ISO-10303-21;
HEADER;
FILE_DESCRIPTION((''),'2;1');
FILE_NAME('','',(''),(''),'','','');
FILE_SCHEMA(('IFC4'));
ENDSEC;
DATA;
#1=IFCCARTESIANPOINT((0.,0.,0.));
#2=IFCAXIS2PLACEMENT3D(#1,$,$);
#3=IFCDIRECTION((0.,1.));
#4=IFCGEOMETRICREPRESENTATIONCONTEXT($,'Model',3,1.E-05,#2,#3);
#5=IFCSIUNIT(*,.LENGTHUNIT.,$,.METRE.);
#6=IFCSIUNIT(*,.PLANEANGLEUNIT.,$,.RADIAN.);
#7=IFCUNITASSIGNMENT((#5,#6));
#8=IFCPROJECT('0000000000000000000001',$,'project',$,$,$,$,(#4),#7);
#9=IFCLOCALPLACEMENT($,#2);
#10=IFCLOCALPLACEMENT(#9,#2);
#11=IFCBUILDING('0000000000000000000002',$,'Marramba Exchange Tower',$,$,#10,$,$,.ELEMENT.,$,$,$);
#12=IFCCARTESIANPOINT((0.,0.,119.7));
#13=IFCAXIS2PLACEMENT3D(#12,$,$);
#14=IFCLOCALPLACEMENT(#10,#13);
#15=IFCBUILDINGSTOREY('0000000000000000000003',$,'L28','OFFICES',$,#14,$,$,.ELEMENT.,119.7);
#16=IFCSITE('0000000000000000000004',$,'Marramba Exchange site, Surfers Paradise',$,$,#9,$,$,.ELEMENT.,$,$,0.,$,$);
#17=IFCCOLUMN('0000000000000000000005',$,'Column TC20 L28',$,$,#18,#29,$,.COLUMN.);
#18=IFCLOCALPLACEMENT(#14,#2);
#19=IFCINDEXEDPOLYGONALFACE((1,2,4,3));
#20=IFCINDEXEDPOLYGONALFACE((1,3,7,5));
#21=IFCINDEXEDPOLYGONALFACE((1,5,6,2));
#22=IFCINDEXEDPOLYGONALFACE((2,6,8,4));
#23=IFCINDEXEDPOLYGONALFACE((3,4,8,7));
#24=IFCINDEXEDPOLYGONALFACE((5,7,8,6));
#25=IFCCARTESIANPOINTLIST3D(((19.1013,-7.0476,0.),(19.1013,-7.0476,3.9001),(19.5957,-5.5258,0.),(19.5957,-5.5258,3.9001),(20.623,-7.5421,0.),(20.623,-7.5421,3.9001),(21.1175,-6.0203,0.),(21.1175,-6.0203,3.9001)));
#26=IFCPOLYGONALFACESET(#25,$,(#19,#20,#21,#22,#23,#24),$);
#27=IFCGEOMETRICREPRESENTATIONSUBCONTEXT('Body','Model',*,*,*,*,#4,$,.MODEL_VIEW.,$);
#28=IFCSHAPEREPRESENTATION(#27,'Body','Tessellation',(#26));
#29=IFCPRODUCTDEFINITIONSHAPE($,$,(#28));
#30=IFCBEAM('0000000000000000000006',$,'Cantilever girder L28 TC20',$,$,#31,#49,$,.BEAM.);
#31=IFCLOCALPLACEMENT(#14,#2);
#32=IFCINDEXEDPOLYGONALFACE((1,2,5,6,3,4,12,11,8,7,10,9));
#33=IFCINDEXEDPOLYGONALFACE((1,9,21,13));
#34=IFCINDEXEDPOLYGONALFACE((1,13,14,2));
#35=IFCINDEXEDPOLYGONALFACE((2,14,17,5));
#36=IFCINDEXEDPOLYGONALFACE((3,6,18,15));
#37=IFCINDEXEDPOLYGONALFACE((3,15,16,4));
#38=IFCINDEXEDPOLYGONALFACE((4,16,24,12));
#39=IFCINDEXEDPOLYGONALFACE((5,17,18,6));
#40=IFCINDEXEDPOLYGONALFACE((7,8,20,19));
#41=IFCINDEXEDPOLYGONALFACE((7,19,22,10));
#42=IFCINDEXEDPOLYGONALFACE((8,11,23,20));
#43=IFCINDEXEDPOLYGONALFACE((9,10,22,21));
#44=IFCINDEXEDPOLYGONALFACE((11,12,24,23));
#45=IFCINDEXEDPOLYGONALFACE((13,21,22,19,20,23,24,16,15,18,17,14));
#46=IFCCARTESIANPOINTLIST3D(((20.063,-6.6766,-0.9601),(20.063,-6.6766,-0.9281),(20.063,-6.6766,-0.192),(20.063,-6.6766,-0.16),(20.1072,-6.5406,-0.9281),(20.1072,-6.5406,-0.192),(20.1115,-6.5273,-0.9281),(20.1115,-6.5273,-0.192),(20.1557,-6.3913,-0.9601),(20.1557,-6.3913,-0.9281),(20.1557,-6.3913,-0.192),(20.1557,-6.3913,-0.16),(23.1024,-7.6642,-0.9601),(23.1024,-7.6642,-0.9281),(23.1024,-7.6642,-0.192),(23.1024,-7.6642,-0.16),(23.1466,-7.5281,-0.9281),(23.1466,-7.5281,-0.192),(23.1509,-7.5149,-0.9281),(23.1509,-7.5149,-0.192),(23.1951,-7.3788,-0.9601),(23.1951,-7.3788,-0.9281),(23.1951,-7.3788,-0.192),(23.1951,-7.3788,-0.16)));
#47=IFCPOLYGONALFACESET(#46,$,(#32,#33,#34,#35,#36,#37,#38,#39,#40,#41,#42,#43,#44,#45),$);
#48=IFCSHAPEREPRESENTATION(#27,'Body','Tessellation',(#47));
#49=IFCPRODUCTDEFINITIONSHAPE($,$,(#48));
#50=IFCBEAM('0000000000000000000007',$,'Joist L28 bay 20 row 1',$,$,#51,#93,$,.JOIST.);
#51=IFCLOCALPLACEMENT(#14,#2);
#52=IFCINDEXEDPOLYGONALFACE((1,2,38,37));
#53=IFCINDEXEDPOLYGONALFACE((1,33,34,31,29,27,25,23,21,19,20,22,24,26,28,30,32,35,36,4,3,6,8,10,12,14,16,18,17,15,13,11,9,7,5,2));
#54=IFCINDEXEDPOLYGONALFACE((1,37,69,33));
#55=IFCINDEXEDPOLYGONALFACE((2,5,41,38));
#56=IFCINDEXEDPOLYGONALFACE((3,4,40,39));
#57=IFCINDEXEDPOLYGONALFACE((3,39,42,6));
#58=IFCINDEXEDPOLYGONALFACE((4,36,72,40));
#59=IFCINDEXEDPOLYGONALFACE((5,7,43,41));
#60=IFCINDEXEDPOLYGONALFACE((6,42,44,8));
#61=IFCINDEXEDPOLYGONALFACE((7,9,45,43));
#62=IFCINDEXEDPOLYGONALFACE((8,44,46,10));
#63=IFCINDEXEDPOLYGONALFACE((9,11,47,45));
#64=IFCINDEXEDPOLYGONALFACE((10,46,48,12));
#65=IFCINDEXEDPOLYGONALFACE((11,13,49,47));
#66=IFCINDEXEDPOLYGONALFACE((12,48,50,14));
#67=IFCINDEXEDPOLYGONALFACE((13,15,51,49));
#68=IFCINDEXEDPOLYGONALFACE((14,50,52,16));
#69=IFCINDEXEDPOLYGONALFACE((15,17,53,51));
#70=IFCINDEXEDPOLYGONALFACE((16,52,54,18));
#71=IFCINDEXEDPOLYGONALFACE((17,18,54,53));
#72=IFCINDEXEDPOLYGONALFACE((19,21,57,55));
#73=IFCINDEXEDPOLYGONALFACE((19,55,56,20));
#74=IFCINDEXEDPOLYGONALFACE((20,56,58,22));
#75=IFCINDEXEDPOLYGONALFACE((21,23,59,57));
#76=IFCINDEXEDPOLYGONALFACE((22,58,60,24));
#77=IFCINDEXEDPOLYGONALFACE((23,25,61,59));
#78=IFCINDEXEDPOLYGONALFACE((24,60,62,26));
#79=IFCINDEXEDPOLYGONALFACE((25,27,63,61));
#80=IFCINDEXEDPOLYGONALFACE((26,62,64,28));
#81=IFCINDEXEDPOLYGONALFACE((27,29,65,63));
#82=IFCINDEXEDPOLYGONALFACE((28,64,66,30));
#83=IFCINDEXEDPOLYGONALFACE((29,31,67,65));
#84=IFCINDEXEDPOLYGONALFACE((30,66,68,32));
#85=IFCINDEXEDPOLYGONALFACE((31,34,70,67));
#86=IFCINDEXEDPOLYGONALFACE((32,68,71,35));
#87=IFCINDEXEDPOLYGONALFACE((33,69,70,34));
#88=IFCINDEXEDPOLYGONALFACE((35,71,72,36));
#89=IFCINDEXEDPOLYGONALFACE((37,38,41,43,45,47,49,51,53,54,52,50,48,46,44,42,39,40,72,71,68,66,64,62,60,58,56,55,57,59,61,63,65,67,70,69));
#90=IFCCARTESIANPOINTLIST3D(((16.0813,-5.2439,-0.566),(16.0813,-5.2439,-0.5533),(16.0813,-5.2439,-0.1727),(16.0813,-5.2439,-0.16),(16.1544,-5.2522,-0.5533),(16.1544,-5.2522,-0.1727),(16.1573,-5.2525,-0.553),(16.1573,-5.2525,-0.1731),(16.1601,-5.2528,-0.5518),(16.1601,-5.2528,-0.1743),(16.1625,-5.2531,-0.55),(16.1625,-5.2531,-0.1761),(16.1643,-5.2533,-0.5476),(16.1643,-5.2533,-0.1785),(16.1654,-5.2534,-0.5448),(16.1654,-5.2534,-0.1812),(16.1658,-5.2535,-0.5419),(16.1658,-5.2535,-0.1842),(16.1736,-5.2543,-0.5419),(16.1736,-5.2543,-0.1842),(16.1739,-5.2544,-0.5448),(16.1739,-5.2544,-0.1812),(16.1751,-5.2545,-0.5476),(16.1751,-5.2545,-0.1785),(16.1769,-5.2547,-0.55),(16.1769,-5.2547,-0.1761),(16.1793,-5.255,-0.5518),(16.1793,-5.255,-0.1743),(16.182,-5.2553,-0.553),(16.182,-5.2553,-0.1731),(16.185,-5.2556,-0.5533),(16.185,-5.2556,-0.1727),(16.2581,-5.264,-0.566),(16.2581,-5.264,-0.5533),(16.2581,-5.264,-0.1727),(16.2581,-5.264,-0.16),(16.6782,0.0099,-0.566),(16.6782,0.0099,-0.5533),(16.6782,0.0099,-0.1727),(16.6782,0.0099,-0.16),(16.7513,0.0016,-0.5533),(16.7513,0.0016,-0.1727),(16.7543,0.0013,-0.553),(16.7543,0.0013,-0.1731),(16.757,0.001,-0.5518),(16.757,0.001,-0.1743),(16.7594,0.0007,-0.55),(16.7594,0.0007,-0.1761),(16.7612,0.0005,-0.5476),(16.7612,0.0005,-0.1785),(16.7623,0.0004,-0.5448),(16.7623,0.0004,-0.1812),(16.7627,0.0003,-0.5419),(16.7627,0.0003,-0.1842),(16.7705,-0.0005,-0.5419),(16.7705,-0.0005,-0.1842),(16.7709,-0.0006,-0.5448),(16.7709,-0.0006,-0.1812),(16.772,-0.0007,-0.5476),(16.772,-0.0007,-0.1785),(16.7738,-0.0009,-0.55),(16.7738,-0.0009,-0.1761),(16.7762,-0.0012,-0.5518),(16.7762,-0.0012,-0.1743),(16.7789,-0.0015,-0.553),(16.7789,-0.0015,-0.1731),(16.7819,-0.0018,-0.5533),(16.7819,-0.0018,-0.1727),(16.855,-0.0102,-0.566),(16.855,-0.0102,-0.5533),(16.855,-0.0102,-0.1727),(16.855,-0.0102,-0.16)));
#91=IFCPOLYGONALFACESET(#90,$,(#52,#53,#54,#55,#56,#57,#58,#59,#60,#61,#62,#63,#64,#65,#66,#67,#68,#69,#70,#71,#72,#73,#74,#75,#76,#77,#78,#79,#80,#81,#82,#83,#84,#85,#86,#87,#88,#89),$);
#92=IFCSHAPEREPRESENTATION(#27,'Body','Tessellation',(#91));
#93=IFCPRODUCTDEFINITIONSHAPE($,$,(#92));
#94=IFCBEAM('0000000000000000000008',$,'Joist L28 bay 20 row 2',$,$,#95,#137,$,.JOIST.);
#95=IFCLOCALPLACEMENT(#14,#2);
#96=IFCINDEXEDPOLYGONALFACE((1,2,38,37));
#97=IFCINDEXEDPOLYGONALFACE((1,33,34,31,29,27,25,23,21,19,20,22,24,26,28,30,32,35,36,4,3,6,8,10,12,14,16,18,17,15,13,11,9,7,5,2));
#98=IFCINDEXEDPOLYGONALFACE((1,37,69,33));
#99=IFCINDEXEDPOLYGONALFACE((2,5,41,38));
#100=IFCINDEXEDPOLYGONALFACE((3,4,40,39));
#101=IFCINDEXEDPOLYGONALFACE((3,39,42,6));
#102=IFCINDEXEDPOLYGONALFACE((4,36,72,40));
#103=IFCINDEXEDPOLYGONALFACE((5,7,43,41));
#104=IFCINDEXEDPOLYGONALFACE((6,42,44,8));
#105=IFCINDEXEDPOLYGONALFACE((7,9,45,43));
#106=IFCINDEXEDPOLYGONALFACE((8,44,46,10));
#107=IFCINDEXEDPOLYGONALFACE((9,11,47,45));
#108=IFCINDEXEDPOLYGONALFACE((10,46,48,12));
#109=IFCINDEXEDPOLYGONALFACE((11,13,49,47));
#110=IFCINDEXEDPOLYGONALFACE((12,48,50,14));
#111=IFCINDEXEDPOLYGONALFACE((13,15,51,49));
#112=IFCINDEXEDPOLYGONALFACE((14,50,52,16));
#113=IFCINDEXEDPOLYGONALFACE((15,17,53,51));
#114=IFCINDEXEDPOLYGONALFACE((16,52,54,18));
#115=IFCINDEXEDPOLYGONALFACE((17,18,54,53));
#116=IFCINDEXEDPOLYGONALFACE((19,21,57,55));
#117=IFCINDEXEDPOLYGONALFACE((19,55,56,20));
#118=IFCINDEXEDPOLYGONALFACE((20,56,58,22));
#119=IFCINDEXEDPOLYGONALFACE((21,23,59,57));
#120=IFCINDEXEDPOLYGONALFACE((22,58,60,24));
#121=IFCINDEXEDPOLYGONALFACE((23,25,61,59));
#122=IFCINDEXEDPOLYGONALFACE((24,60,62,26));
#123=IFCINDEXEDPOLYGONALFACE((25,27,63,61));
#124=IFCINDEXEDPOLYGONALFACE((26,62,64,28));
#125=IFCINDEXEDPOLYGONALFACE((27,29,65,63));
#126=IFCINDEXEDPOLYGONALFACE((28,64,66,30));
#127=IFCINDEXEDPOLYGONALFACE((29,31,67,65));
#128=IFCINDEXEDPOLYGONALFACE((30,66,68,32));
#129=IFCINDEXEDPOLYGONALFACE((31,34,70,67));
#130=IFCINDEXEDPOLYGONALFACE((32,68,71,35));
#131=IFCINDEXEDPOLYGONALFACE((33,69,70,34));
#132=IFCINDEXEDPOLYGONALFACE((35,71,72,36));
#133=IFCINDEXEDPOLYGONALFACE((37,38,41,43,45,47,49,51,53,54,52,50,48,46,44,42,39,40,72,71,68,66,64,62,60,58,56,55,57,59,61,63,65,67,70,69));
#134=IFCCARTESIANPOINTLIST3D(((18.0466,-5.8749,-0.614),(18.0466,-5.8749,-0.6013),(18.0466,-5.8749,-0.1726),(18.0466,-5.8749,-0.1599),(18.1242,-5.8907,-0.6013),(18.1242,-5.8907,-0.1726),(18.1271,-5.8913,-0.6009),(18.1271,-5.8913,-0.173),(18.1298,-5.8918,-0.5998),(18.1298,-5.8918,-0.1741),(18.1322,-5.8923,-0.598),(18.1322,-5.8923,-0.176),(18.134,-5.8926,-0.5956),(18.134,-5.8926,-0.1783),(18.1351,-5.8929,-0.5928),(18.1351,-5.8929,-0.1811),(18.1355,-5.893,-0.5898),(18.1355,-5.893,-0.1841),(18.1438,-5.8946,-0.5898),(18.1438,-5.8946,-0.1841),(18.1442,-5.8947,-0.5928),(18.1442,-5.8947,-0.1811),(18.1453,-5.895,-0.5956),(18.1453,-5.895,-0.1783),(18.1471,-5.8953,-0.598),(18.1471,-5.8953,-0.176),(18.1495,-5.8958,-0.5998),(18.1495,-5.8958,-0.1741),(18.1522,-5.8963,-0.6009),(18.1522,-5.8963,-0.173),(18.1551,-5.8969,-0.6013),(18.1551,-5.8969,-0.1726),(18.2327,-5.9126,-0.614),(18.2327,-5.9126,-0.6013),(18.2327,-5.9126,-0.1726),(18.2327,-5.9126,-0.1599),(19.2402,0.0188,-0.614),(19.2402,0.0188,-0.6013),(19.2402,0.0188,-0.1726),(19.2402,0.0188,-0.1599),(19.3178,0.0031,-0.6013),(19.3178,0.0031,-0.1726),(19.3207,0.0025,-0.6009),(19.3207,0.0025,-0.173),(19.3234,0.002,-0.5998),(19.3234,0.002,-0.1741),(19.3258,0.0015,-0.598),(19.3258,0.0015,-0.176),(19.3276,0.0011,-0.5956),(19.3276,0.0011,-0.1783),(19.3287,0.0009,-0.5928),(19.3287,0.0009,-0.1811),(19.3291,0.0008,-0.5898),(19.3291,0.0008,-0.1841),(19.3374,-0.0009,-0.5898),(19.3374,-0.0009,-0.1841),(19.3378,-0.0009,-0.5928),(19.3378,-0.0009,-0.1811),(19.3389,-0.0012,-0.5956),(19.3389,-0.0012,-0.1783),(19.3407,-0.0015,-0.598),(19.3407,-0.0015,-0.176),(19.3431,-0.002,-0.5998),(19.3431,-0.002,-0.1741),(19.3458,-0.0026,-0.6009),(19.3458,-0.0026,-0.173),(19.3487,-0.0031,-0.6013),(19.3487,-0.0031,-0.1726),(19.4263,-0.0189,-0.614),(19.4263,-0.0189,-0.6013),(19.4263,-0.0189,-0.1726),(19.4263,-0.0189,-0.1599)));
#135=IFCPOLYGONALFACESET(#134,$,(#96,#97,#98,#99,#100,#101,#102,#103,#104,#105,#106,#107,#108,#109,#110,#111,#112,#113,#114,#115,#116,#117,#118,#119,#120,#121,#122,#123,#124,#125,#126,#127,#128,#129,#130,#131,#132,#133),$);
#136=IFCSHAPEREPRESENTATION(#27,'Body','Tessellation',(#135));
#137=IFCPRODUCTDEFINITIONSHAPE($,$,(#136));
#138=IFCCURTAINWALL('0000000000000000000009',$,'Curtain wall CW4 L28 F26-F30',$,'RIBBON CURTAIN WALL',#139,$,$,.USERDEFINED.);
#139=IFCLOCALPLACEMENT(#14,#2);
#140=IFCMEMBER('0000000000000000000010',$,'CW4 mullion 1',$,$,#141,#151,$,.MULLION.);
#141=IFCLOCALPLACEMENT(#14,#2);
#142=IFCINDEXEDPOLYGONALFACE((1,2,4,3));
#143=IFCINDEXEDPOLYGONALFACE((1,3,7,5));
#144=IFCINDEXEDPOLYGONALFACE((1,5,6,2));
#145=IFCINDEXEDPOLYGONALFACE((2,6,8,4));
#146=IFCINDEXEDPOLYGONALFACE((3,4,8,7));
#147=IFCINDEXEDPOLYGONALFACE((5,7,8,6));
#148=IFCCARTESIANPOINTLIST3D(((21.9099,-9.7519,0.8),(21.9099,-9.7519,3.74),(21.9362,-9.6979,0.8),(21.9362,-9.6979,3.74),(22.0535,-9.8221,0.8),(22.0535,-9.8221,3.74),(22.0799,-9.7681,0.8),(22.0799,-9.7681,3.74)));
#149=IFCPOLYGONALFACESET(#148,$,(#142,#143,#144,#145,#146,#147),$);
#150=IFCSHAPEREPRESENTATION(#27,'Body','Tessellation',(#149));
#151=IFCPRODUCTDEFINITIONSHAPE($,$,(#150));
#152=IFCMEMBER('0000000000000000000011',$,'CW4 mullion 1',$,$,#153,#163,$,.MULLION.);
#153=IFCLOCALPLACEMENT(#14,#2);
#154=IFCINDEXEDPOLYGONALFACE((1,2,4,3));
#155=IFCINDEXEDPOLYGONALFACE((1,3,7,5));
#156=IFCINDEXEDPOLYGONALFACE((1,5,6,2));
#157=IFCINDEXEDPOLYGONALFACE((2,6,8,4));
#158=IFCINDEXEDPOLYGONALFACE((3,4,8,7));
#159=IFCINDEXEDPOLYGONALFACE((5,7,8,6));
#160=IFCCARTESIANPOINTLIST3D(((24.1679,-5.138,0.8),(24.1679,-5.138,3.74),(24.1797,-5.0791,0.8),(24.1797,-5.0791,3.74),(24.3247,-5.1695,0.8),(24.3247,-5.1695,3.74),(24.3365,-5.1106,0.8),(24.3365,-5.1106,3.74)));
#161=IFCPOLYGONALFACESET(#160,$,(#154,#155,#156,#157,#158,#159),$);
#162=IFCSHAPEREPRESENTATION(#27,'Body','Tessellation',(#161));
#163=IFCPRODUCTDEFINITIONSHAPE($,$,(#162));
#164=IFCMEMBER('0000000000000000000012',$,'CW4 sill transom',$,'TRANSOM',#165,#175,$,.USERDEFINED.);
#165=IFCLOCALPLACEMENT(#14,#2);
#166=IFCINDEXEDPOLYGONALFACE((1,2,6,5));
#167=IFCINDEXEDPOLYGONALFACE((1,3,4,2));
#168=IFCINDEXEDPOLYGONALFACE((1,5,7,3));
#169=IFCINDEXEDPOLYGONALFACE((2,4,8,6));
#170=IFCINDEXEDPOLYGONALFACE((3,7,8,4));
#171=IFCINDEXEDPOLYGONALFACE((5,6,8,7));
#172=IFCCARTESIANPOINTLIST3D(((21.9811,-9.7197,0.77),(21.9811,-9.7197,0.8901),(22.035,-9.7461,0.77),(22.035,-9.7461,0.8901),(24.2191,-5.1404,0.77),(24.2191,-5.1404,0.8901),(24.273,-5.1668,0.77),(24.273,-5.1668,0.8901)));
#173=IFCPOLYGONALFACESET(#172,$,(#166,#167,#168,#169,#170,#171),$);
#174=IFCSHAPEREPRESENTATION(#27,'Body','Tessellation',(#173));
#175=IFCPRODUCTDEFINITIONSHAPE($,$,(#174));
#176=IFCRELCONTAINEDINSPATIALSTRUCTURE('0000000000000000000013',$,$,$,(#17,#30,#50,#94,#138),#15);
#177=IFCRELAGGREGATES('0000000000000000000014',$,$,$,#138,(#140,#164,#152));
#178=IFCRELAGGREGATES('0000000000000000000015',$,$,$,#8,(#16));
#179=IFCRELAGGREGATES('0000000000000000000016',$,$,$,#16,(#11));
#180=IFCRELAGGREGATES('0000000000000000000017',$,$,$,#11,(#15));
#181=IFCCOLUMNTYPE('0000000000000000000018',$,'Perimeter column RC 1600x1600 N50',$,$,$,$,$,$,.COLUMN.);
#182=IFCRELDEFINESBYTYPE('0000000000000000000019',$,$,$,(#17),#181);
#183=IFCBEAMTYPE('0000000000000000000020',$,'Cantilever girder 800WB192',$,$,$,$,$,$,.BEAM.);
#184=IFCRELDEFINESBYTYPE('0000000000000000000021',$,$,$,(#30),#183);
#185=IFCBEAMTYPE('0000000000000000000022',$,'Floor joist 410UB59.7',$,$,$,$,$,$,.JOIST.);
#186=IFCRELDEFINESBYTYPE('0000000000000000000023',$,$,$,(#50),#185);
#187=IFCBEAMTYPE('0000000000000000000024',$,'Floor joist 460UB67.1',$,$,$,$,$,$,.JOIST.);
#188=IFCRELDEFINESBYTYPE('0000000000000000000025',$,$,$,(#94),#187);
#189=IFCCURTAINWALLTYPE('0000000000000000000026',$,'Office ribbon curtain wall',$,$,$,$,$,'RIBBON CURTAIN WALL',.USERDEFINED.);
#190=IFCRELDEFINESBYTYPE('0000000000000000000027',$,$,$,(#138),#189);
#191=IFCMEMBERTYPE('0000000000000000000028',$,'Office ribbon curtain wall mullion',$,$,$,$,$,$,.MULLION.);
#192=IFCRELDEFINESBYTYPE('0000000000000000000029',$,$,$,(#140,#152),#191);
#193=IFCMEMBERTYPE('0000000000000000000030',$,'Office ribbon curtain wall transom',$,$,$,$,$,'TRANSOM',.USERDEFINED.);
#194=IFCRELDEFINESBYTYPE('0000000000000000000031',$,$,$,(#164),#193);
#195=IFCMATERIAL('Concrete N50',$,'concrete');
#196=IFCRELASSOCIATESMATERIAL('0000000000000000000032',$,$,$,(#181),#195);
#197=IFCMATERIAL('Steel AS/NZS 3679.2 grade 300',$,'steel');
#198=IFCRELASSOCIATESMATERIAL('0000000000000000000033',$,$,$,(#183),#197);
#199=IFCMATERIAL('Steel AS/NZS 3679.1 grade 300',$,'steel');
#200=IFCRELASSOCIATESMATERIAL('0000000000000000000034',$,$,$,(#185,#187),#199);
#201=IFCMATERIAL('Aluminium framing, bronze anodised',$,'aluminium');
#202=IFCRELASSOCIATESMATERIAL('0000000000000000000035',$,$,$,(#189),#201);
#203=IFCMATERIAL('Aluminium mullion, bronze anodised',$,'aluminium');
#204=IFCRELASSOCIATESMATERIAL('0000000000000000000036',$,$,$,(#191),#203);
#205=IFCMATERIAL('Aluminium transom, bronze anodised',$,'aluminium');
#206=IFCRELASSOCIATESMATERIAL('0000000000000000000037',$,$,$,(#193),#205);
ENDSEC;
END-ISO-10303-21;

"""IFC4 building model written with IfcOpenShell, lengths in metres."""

from ifc_helpers import new_model, si_unit, direction, frame, origin, origin_2d, place, context, subcontext, project, spatial, rectangle, i_section, extrude, material, material_profile, profile_set, type_object, element, aggregate, save


model = new_model("IFC4")

# Units and contexts
model_context = context("Model", 3, precision=1e-05, world=origin(), true_north=direction((0.0, 1.0)))
body_context = subcontext(model_context, "Body", "Model", "MODEL_VIEW")
ifc_project = project(units=[si_unit("LENGTHUNIT", "METRE"), si_unit("PLANEANGLEUNIT", "RADIAN")], contexts=[model_context])

# Site, building, storey
site_placement = place(None, origin())
site = spatial("IfcSite", under=ifc_project, at=site_placement, Name="Marramba Exchange site, Surfers Paradise", CompositionType="ELEMENT", RefElevation=0.0)
building_placement = place(site_placement, origin())
building = spatial("IfcBuilding", under=site, at=building_placement, Name="Marramba Exchange Tower", CompositionType="ELEMENT")
storey_placement = place(building_placement, frame((0.0, 0.0, 119.7)))
storey = spatial("IfcBuildingStorey", under=building, at=storey_placement, Name="L28", Description="OFFICES", CompositionType="ELEMENT", Elevation=119.7)

# Column
ifc_material_1 = material(Name="Concrete N50", Category="concrete")
ifc_material_profile_1 = material_profile(ifc_material_1, rectangle(XDim=1.6001, YDim=1.6001, at=origin_2d()), Name="RC 1600x1600")
ifc_profile_set_1 = profile_set([ifc_material_profile_1], Name="Concrete N50")
column_type = type_object("IfcColumnType", Name="Perimeter column RC 1600x1600 N50", PredefinedType="COLUMN", material=ifc_profile_set_1)
column_placement = place(storey_placement, frame((20.1094, -6.5339, 0.0), z_axis=(0.0, 0.0, 1.0), x_axis=(0.951057, -0.309017, 0.0)))
element("IfcColumn", 1, at=column_placement, inside=storey, type_object=column_type, Name="Column TC20 L28", PredefinedType="COLUMN", context=body_context, shape_type="SweptSolid", body=[
    extrude(rectangle(XDim=1.6001, YDim=1.6001, at=origin_2d()), origin(), (0.0, 0.0, 1.0), 3.9001),
])

# Beams
ifc_material_2 = material(Name="Steel AS/NZS 3679.2 grade 300", Category="steel")
ifc_material_profile_2 = material_profile(ifc_material_2, i_section(OverallWidth=0.3, OverallDepth=0.8, WebThickness=0.0139, FlangeThickness=0.032, at=origin_2d()), Name="800WB192")
ifc_profile_set_2 = profile_set([ifc_material_profile_2], Name="Steel AS/NZS 3679.2 grade 300")
beam_type_1 = type_object("IfcBeamType", Name="Cantilever girder 800WB192", PredefinedType="BEAM", material=ifc_profile_set_2)
beam_1_placement = place(storey_placement, frame((20.1094, -6.5339, -0.5601), z_axis=(0.951055, -0.309022, 0.0), x_axis=(0.309022, 0.951055, 0.0)))
element("IfcBeam", 2, at=beam_1_placement, inside=storey, type_object=beam_type_1, Name="Cantilever girder L28 TC20", PredefinedType="BEAM", context=body_context, shape_type="SweptSolid", body=[
    extrude(i_section(OverallWidth=0.3, OverallDepth=0.8, WebThickness=0.0139, FlangeThickness=0.032, at=origin_2d()), origin(), (0.0, 0.0, 1.0), 3.1958),
])
ifc_material_3 = material(Name="Steel AS/NZS 3679.1 grade 300", Category="steel")
ifc_material_profile_3 = material_profile(ifc_material_3, i_section(OverallWidth=0.178, OverallDepth=0.406, WebThickness=0.0078, FlangeThickness=0.0127, FilletRadius=0.0115, at=origin_2d()), Name="410UB59.7")
ifc_profile_set_3 = profile_set([ifc_material_profile_3], Name="Steel AS/NZS 3679.1 grade 300")
beam_type_2 = type_object("IfcBeamType", Name="Floor joist 410UB59.7", PredefinedType="JOIST", material=ifc_profile_set_3)
beam_2_placement = place(storey_placement, frame((16.1697, -5.2539, -0.363), z_axis=(0.112889, 0.993608, 0.0), x_axis=(-0.993608, 0.112889, 0.0)))
element("IfcBeam", 3, at=beam_2_placement, inside=storey, type_object=beam_type_2, Name="Joist L28 bay 20 row 1", PredefinedType="JOIST", context=body_context, shape_type="SweptSolid", body=[
    extrude(i_section(OverallWidth=0.178, OverallDepth=0.406, WebThickness=0.0078, FlangeThickness=0.0127, FilletRadius=0.0115, at=origin_2d()), origin(), (0.0, 0.0, 1.0), 5.2876),
])
ifc_material_profile_4 = material_profile(ifc_material_3, i_section(OverallWidth=0.1899, OverallDepth=0.4541, WebThickness=0.0085, FlangeThickness=0.0127, FilletRadius=0.0115, at=origin_2d()), Name="460UB67.1")
ifc_profile_set_4 = profile_set([ifc_material_profile_4], Name="Steel AS/NZS 3679.1 grade 300")
beam_type_3 = type_object("IfcBeamType", Name="Floor joist 460UB67.1", PredefinedType="JOIST", material=ifc_profile_set_4)
beam_3_placement = place(storey_placement, frame((18.1396, -5.8938, -0.387), z_axis=(0.198489, 0.980103, 0.0), x_axis=(-0.980103, 0.198489, 0.0)))
element("IfcBeam", 4, at=beam_3_placement, inside=storey, type_object=beam_type_3, Name="Joist L28 bay 20 row 2", PredefinedType="JOIST", context=body_context, shape_type="SweptSolid", body=[
    extrude(i_section(OverallWidth=0.1899, OverallDepth=0.4541, WebThickness=0.0085, FlangeThickness=0.0127, FilletRadius=0.0115, at=origin_2d()), origin(), (0.0, 0.0, 1.0), 6.0134),
])

# Curtain wall, members
ifc_material_4 = material(Name="Aluminium framing, bronze anodised", Category="aluminium")
curtain_wall_type = type_object("IfcCurtainWallType", Name="Office ribbon curtain wall", ElementType="RIBBON CURTAIN WALL", PredefinedType="USERDEFINED", material=ifc_material_4)
curtain_wall_placement = place(storey_placement, origin())
curtain_wall = element("IfcCurtainWall", 5, at=curtain_wall_placement, inside=storey, type_object=curtain_wall_type, Name="Curtain wall CW4 L28 F26-F30", ObjectType="RIBBON CURTAIN WALL", PredefinedType="USERDEFINED")
ifc_material_5 = material(Name="Aluminium mullion, bronze anodised", Category="aluminium")
ifc_material_profile_5 = material_profile(ifc_material_5, rectangle(XDim=0.1599, YDim=0.0601, at=origin_2d()), Name="CW4 mullion 60x160")
ifc_profile_set_5 = profile_set([ifc_material_profile_5], Name="Aluminium mullion, bronze anodised")
member_type_1 = type_object("IfcMemberType", Name="Office ribbon curtain wall mullion", PredefinedType="MULLION", material=ifc_profile_set_5)
member_1_placement = place(storey_placement, frame((21.9949, -9.76, 0.8), z_axis=(0.0, 0.0, 1.0), x_axis=(-0.898445, 0.439086, 0.0)))
member_1 = element("IfcMember", 6, at=member_1_placement, type_object=member_type_1, Name="CW4 mullion 1", PredefinedType="MULLION", context=body_context, shape_type="SweptSolid", body=[
    extrude(rectangle(XDim=0.1599, YDim=0.0601, at=origin_2d()), origin(), (0.0, 0.0, 1.0), 2.9399),
])
member_2_placement = place(storey_placement, frame((24.2522, -5.1243, 0.8), z_axis=(0.0, 0.0, 1.0), x_axis=(-0.980394, 0.197049, 0.0)))
member_2 = element("IfcMember", 7, at=member_2_placement, type_object=member_type_1, Name="CW4 mullion 1", PredefinedType="MULLION", context=body_context, shape_type="SweptSolid", body=[
    extrude(rectangle(XDim=0.1599, YDim=0.0601, at=origin_2d()), origin(), (0.0, 0.0, 1.0), 2.9399),
])
ifc_material_6 = material(Name="Aluminium transom, bronze anodised", Category="aluminium")
ifc_material_profile_6 = material_profile(ifc_material_6, rectangle(XDim=0.0601, YDim=0.1201, at=origin_2d()), Name="CW4 transom 60x120")
ifc_profile_set_6 = profile_set([ifc_material_profile_6], Name="Aluminium transom, bronze anodised")
member_type_2 = type_object("IfcMemberType", Name="Office ribbon curtain wall transom", ElementType="TRANSOM", PredefinedType="USERDEFINED", material=ifc_profile_set_6)
member_3_placement = place(storey_placement, frame((22.0081, -9.7329, 0.8301), z_axis=(0.439091, 0.898443, 0.0), x_axis=(-0.898443, 0.439091, 0.0)))
member_3 = element("IfcMember", 8, at=member_3_placement, type_object=member_type_2, Name="CW4 sill transom", ObjectType="TRANSOM", PredefinedType="USERDEFINED", context=body_context, shape_type="SweptSolid", body=[
    extrude(rectangle(XDim=0.0601, YDim=0.1201, at=origin_2d()), origin(), (0.0, 0.0, 1.0), 5.0969),
])

aggregate(curtain_wall, [member_1, member_3, member_2])

save(model, "model.ifc")
